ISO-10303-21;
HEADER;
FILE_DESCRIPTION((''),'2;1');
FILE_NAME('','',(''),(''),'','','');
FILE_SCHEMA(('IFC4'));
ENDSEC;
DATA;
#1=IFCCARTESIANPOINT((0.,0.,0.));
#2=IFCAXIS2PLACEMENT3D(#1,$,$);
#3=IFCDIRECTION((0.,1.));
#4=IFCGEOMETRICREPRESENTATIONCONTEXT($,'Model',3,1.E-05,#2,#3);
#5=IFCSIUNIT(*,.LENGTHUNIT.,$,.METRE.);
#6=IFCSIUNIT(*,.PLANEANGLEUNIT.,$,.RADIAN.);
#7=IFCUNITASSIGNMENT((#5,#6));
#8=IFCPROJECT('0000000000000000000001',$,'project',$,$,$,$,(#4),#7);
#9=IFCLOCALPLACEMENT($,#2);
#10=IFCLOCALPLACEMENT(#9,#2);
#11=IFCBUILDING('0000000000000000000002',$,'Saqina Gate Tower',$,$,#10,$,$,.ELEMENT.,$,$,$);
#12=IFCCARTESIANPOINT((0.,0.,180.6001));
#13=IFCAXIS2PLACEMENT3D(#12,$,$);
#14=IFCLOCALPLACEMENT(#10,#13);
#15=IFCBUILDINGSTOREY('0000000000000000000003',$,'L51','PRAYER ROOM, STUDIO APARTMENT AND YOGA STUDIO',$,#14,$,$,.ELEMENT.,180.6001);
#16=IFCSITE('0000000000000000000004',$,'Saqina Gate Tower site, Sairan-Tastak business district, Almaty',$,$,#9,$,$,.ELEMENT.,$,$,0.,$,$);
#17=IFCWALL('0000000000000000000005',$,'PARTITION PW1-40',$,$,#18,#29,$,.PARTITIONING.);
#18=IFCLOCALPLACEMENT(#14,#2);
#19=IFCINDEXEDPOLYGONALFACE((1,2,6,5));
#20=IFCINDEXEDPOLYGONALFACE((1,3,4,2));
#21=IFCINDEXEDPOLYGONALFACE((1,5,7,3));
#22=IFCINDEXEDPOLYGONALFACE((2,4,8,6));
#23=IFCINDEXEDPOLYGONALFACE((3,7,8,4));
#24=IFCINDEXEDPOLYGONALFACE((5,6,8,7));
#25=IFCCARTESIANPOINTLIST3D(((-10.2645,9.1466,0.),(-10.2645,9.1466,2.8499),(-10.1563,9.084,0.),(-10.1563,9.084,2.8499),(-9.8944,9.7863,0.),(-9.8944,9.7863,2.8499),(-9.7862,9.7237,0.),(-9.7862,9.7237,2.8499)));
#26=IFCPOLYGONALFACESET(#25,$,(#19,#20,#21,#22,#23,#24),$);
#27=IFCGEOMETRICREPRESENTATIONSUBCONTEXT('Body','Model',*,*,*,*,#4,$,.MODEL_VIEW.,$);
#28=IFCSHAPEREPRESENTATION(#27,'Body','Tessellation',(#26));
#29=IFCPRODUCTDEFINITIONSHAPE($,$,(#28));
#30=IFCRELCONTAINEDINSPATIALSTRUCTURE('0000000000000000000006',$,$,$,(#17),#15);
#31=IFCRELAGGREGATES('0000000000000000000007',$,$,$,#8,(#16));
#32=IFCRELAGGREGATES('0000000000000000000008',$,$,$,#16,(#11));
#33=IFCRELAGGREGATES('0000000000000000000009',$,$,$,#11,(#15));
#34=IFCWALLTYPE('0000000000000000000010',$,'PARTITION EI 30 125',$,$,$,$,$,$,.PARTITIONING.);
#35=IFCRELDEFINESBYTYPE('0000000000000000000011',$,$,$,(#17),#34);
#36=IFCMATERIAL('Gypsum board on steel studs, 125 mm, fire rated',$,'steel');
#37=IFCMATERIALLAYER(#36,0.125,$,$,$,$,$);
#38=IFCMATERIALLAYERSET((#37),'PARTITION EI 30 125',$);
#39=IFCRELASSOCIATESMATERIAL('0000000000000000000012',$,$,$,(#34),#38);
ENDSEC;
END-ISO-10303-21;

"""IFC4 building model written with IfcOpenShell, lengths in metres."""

from ifc_helpers import new_model, si_unit, direction, frame, frame_2d, origin, place, context, subcontext, project, spatial, rectangle, extrude, material, layer, layer_set, type_object, element, save


model = new_model("IFC4")

# Units and contexts
model_context = context("Model", 3, precision=1e-05, world=origin(), true_north=direction((0.0, 1.0)))
body_context = subcontext(model_context, "Body", "Model", "MODEL_VIEW")
ifc_project = project(units=[si_unit("LENGTHUNIT", "METRE"), si_unit("PLANEANGLEUNIT", "RADIAN")], contexts=[model_context])

# Site, building, storey
site_placement = place(None, origin())
site = spatial("IfcSite", under=ifc_project, at=site_placement, Name="Saqina Gate Tower site, Sairan-Tastak business district, Almaty", CompositionType="ELEMENT", RefElevation=0.0)
building_placement = place(site_placement, origin())
building = spatial("IfcBuilding", under=site, at=building_placement, Name="Saqina Gate Tower", CompositionType="ELEMENT")
storey_placement = place(building_placement, frame((0.0, 0.0, 180.6001)))
storey = spatial("IfcBuildingStorey", under=building, at=storey_placement, Name="L51", Description="PRAYER ROOM, STUDIO APARTMENT AND YOGA STUDIO", CompositionType="ELEMENT", Elevation=180.6001)

# Shared definitions
ifc_material_1 = material(Name="Gypsum board on steel studs, 125 mm, fire rated", Category="steel")
ifc_layer_1 = layer(ifc_material_1, 0.125)
ifc_layer_set_1 = layer_set([ifc_layer_1], Name="PARTITION EI 30 125")
wall_type_1 = type_object("IfcWallType", Name="PARTITION EI 30 125", PredefinedType="PARTITIONING", material=ifc_layer_set_1)

# Wall
wall_1_placement = place(storey_placement, frame((-10.2104, 9.1152, 0.0), z_axis=(0.0, 0.0, 1.0), x_axis=(0.500828, 0.865547, 0.0)))
element("IfcWall", 1, at=wall_1_placement, inside=storey, type_object=wall_type_1, Name="PARTITION PW1-40", PredefinedType="PARTITIONING", context=body_context, shape_type="SweptSolid", body=[
    extrude(rectangle(XDim=0.739, YDim=0.125, at=frame_2d((0.3696, 0.0))), origin(), (0.0, 0.0, 1.0), 2.8499),
])

save(model, "model.ifc")
